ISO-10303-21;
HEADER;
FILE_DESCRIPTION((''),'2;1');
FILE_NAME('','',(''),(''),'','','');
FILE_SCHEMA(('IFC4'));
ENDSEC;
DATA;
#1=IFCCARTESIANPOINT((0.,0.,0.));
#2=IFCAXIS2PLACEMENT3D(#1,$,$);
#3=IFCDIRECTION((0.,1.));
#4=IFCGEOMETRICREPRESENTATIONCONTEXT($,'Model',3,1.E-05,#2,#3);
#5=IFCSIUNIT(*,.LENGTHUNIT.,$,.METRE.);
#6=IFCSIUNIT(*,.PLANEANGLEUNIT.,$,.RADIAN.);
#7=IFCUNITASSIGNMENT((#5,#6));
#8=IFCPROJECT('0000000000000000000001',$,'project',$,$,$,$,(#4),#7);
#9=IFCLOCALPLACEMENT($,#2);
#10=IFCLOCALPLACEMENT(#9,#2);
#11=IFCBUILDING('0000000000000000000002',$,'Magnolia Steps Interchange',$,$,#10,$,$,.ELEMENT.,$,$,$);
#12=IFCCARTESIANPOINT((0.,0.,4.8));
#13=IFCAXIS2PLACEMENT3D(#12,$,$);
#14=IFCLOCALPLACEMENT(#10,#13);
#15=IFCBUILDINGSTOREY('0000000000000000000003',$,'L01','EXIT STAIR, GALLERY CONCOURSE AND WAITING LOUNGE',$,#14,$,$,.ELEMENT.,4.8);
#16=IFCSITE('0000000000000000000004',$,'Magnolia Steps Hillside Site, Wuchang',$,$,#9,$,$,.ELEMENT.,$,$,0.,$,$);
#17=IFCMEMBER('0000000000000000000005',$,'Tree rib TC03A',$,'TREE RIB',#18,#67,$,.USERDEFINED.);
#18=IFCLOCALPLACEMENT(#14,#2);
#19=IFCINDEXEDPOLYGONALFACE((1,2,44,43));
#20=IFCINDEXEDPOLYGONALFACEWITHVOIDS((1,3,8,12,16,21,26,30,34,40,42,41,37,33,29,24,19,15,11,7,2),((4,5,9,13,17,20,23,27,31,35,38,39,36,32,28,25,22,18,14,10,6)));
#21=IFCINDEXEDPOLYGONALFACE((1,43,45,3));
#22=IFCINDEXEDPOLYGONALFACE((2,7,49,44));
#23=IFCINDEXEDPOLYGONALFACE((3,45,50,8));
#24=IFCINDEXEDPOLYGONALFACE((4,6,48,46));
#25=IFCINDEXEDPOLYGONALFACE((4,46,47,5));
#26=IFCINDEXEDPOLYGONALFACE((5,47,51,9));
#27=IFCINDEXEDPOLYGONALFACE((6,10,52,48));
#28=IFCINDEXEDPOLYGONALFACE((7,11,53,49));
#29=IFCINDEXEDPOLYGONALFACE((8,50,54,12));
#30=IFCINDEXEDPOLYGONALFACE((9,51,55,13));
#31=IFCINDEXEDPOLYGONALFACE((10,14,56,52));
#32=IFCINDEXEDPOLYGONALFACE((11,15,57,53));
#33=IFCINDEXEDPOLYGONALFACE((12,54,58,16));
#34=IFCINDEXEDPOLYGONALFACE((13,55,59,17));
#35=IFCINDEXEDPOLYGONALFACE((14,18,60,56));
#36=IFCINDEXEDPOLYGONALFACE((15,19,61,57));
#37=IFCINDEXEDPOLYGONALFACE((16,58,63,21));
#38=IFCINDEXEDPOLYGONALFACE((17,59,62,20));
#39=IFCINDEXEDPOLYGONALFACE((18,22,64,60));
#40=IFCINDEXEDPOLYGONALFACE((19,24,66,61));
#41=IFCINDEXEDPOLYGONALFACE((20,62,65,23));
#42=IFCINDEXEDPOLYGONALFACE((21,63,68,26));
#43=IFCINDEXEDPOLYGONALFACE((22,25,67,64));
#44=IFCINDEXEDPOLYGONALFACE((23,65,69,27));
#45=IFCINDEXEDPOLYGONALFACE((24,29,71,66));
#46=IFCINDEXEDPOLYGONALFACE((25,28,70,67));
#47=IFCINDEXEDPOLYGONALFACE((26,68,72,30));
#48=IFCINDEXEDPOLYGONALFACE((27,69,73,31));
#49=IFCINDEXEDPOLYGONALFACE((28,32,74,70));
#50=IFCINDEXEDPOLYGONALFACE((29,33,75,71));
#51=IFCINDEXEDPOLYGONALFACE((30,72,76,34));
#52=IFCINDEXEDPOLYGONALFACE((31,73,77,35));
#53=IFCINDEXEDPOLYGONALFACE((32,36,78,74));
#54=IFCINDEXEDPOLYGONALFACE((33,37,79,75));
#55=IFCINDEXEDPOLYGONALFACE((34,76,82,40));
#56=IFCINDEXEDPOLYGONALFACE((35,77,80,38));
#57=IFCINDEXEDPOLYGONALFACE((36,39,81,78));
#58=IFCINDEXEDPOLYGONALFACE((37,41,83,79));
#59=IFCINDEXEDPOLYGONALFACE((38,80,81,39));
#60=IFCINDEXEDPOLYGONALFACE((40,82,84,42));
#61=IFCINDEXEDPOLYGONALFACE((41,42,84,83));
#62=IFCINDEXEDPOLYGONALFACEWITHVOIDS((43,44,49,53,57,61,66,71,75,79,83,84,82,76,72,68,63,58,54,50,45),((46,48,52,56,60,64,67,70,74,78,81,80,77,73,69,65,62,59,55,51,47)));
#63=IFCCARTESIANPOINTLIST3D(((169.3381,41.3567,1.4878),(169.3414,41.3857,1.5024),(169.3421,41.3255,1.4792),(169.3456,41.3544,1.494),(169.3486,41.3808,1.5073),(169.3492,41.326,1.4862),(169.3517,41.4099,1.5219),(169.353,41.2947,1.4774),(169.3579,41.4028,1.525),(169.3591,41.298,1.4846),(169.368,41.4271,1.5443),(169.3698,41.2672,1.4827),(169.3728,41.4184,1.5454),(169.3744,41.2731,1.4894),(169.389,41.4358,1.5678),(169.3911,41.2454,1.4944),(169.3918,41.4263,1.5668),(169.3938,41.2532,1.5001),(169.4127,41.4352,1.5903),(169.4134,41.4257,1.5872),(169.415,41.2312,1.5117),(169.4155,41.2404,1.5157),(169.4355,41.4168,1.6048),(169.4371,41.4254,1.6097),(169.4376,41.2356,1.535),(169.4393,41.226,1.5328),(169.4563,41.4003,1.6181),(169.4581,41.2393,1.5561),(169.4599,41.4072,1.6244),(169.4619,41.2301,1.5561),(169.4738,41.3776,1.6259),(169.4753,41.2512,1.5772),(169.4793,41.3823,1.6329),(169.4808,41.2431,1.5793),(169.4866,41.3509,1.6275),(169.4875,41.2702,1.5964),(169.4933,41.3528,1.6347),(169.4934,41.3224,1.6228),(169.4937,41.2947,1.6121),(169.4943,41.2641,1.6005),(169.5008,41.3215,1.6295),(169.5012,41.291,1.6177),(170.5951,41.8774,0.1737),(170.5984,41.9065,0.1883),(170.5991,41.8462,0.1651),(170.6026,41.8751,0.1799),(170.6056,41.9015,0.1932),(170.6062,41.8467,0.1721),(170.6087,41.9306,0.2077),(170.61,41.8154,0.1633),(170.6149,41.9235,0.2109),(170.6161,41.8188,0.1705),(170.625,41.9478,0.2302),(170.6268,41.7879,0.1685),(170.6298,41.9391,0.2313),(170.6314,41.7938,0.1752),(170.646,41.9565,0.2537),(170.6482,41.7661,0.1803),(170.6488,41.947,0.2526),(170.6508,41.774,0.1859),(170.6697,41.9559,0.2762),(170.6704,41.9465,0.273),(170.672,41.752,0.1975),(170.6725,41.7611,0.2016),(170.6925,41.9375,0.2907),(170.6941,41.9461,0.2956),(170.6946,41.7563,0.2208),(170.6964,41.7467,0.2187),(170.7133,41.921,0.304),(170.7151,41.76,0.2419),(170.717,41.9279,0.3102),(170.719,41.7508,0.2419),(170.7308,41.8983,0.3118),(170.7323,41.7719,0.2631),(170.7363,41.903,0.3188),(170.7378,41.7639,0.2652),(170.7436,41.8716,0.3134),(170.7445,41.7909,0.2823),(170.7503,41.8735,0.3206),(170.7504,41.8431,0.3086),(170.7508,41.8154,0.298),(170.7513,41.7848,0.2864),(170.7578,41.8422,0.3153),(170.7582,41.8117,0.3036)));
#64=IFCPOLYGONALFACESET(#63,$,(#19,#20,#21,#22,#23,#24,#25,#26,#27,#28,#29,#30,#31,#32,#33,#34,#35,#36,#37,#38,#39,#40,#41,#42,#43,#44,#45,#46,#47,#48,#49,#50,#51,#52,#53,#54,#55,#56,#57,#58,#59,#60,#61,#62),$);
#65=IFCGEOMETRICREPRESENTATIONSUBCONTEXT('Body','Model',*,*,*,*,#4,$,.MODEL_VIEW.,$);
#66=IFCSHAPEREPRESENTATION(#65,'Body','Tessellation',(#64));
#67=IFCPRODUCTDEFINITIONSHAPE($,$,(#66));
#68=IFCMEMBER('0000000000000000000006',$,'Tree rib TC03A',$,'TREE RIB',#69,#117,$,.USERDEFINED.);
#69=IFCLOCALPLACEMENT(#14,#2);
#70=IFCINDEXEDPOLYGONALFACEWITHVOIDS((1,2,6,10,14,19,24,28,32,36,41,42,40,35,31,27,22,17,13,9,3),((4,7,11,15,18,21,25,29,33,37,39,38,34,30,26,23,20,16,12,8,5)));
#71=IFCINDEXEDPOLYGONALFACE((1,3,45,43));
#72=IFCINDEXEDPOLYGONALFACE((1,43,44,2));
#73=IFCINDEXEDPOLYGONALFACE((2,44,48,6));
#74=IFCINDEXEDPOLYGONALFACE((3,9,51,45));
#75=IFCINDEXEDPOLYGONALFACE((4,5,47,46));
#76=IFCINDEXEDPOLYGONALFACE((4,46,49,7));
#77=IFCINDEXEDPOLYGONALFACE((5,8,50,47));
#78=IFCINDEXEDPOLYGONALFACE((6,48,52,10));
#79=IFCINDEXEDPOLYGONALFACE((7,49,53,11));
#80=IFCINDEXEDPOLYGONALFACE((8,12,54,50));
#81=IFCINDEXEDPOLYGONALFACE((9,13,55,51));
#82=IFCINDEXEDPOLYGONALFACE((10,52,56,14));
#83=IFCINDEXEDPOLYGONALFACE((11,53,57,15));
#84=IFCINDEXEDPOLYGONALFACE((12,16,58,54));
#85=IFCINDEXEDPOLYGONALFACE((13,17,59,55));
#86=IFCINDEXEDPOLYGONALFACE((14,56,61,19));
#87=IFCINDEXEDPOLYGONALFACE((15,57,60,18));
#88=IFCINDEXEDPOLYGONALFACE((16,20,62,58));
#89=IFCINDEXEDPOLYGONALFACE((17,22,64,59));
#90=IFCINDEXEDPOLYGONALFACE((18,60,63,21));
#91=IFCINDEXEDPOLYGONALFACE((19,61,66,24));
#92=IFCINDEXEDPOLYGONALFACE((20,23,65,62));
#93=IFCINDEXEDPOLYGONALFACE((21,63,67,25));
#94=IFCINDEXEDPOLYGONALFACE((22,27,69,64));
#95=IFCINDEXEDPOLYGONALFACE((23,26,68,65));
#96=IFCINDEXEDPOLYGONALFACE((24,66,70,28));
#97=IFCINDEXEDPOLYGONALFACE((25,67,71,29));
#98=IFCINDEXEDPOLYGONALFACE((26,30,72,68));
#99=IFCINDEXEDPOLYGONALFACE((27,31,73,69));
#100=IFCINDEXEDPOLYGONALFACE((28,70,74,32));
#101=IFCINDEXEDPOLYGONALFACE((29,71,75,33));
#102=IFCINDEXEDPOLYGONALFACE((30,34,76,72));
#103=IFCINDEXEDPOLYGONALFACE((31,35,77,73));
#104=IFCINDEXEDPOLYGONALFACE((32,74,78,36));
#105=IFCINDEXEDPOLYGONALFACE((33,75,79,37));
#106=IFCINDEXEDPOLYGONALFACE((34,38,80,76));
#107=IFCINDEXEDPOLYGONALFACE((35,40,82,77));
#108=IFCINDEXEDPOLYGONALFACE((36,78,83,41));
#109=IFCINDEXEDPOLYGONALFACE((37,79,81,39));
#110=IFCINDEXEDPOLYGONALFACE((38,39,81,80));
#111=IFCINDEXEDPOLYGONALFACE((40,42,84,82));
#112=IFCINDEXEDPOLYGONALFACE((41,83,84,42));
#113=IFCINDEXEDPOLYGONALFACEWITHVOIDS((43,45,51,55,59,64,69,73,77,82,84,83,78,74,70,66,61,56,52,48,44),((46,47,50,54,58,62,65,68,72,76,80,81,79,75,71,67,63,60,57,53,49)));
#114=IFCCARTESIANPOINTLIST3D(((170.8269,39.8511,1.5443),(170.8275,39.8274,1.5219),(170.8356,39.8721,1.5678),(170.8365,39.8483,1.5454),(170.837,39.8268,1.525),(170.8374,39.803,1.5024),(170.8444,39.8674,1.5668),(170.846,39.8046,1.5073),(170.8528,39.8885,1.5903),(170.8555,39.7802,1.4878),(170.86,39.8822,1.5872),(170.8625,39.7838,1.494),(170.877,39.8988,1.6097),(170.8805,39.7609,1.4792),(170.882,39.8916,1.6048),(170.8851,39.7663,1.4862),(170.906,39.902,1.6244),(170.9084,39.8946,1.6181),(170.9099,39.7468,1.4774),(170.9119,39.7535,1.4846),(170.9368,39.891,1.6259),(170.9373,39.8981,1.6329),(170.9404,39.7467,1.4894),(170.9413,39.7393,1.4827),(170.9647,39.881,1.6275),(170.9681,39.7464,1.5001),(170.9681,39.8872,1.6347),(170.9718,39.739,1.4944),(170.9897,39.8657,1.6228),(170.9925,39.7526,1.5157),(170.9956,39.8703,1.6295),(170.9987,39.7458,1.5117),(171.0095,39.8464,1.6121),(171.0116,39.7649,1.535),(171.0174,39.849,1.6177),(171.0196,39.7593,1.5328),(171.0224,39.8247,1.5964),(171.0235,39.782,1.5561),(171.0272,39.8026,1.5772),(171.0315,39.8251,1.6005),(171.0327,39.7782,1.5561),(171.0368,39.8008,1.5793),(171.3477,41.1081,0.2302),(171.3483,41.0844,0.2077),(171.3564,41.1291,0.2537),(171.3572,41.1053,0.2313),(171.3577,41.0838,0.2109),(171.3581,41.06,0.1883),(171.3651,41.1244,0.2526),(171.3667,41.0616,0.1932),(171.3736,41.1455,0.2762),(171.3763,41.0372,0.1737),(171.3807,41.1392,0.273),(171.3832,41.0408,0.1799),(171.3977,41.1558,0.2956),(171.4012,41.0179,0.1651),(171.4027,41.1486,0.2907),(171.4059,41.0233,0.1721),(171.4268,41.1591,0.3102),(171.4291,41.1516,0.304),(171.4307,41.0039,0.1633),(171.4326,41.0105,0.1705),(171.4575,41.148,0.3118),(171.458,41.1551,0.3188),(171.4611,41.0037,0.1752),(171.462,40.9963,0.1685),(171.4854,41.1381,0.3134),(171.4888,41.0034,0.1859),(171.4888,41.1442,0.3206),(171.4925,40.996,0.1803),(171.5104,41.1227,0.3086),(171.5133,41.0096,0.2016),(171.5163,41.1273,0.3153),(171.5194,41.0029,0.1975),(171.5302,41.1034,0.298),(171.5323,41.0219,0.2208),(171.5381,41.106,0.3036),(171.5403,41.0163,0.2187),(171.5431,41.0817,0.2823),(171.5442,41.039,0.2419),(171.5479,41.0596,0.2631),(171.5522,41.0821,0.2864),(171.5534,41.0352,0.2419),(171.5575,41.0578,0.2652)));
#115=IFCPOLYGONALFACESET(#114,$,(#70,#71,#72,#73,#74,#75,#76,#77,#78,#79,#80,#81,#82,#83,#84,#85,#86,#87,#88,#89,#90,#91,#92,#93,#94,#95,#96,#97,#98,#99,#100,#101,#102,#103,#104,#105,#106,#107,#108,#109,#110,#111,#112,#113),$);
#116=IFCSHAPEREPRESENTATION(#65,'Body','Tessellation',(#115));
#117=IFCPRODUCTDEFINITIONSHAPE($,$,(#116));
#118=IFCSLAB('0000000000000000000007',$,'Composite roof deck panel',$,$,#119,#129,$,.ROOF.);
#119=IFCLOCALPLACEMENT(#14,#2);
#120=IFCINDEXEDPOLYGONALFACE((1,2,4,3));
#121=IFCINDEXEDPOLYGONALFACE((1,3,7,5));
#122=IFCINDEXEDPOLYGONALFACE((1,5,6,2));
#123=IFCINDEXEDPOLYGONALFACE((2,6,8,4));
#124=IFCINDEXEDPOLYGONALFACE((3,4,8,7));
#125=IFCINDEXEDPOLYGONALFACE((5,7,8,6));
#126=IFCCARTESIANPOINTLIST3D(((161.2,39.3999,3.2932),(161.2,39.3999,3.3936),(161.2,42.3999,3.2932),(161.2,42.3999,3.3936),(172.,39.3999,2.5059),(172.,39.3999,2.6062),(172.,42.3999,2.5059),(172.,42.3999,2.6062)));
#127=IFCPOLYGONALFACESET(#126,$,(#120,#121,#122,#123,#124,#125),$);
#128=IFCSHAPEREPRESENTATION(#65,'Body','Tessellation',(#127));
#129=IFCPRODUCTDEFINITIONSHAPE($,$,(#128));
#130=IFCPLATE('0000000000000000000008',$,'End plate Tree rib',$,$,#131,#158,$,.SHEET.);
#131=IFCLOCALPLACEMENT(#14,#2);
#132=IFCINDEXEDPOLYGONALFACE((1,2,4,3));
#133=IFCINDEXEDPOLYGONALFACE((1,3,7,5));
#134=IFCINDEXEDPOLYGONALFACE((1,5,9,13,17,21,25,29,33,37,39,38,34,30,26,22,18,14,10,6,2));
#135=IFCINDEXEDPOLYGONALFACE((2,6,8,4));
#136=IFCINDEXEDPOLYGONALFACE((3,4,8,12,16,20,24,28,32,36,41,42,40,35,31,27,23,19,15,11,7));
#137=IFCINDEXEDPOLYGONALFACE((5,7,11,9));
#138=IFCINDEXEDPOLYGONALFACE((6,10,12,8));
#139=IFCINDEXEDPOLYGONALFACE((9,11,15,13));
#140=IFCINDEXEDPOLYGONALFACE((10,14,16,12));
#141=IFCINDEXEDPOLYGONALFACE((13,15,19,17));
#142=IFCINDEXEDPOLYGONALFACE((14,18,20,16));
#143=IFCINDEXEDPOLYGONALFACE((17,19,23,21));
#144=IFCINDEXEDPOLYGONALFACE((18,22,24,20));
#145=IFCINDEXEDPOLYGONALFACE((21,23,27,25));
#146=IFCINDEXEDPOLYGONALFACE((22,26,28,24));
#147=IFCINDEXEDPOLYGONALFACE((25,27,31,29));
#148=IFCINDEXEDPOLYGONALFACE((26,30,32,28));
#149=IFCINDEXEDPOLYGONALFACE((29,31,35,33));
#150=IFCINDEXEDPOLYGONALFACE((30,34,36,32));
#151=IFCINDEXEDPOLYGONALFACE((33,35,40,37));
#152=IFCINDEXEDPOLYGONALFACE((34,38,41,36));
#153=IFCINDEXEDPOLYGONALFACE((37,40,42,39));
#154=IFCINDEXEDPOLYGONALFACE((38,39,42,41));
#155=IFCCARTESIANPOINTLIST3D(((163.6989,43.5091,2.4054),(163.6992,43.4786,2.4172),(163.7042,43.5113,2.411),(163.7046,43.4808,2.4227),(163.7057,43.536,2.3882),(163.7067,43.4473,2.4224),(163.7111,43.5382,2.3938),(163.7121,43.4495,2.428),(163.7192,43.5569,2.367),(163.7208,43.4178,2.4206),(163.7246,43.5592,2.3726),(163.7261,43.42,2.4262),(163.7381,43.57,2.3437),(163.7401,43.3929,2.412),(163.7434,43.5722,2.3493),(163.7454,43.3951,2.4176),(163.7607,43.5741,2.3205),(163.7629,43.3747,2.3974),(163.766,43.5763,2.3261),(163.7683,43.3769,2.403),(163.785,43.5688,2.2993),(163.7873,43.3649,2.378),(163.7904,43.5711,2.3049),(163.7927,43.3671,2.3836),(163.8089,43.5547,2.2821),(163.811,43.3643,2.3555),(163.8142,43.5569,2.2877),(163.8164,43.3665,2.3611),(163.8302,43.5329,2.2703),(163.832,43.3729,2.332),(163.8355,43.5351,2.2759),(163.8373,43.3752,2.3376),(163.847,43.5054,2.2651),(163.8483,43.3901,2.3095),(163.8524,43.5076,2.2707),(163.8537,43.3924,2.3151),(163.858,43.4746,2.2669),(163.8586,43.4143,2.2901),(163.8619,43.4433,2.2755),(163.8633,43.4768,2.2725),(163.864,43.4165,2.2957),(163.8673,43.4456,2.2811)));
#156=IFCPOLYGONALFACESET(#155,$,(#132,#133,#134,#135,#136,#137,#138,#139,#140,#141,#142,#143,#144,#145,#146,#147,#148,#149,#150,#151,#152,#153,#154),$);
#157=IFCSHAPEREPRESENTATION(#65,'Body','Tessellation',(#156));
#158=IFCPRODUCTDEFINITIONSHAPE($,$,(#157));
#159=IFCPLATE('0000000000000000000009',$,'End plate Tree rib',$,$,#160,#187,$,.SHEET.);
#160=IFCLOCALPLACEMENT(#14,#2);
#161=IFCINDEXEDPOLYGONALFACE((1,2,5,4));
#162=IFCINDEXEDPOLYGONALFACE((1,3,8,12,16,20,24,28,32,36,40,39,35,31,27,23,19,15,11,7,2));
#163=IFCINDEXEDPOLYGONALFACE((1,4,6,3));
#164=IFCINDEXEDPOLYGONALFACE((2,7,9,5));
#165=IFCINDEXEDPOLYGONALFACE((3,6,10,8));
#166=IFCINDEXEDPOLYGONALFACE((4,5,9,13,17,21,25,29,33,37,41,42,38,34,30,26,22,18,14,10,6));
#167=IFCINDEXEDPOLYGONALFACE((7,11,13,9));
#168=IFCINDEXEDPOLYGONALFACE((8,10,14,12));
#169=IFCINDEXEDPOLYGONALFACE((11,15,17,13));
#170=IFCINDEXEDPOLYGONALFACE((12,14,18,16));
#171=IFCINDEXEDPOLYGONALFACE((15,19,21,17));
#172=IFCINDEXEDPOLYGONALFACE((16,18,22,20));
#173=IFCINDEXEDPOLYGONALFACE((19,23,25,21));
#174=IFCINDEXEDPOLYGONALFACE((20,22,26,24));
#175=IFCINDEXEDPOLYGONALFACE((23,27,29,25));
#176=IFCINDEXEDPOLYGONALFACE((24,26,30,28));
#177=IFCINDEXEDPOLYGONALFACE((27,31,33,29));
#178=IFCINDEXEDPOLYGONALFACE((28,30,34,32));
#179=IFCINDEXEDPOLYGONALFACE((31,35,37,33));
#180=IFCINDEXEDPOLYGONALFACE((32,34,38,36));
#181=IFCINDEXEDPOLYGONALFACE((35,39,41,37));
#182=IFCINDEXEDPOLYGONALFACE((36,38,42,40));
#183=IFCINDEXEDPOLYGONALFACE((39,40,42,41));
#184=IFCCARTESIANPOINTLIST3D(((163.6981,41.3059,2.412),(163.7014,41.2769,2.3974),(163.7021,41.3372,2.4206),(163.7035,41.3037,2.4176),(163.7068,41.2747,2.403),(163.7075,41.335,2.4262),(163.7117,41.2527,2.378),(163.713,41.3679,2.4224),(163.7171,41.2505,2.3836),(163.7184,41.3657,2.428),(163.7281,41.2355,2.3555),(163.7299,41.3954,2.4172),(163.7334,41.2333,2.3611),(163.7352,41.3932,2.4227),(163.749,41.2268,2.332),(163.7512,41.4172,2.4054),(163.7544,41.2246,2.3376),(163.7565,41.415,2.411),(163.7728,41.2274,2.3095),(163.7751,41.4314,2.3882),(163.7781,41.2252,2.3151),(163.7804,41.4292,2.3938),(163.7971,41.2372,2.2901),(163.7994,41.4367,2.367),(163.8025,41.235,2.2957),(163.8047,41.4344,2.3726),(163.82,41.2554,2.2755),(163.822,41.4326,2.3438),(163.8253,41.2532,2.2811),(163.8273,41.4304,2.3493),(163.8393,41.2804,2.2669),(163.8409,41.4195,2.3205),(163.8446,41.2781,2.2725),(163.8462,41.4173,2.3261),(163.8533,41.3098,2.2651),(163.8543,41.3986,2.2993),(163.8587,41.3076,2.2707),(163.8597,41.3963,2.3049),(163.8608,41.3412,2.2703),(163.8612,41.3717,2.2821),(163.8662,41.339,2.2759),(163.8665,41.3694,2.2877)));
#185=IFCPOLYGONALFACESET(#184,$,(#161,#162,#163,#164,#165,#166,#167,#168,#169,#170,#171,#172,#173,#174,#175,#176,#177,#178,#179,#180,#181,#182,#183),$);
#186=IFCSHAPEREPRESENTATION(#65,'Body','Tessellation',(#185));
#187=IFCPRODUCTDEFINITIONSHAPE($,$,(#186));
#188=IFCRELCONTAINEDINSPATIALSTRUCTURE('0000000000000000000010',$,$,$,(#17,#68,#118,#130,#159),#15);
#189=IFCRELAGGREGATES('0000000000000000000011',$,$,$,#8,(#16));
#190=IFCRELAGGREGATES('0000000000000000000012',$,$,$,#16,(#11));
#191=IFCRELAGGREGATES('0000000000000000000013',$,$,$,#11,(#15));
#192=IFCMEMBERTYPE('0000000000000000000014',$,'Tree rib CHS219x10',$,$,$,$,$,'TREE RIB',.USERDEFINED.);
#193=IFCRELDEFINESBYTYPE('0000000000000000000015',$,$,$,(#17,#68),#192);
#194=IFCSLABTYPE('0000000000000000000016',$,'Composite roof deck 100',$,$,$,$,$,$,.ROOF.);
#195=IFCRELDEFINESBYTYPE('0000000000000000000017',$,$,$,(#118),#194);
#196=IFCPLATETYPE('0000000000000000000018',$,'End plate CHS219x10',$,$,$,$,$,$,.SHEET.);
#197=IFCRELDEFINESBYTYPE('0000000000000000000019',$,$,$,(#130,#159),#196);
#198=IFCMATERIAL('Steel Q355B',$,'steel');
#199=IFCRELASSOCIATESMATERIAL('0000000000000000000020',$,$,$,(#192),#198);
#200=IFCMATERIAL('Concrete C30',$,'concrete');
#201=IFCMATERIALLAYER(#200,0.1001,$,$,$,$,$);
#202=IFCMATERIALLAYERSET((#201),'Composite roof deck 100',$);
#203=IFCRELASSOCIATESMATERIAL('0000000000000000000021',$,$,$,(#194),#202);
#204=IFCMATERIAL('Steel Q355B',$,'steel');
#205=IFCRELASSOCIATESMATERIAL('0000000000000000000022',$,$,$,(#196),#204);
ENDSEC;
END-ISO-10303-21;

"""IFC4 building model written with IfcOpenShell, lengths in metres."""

from ifc_helpers import new_model, si_unit, direction, frame, origin, origin_2d, place, context, subcontext, project, spatial, polyline, circle, hollow_circle, outline, extrude, material, layer, layer_set, material_profile, profile_set, type_object, element, save


model = new_model("IFC4")

# Units and contexts
model_context = context("Model", 3, precision=1e-05, world=origin(), true_north=direction((0.0, 1.0)))
body_context = subcontext(model_context, "Body", "Model", "MODEL_VIEW")
ifc_project = project(units=[si_unit("LENGTHUNIT", "METRE"), si_unit("PLANEANGLEUNIT", "RADIAN")], contexts=[model_context])

# Site, building, storey
site_placement = place(None, origin())
site = spatial("IfcSite", under=ifc_project, at=site_placement, Name="Magnolia Steps Hillside Site, Wuchang", CompositionType="ELEMENT", RefElevation=0.0)
building_placement = place(site_placement, origin())
building = spatial("IfcBuilding", under=site, at=building_placement, Name="Magnolia Steps Interchange", CompositionType="ELEMENT")
storey_placement = place(building_placement, frame((0.0, 0.0, 4.8)))
storey = spatial("IfcBuildingStorey", under=building, at=storey_placement, Name="L01", Description="EXIT STAIR, GALLERY CONCOURSE AND WAITING LOUNGE", CompositionType="ELEMENT", Elevation=4.8)

# Members
ifc_material_1 = material(Name="Steel Q355B", Category="steel")
ifc_material_profile_1 = material_profile(ifc_material_1, hollow_circle(Radius=0.1096, WallThickness=0.01, at=origin_2d()), Name="CHS219x10")
ifc_profile_set_1 = profile_set([ifc_material_profile_1], Name="Steel Q355B")
member_type = type_object("IfcMemberType", Name="Tree rib CHS219x10", ElementType="TREE RIB", PredefinedType="USERDEFINED", material=ifc_profile_set_1)
for number, where, z_axis, x_axis, name in (
    (1, (170.677, 41.8521, 0.2419), (-0.664519, -0.275281, 0.694719), (0.382716, -0.923866, 0.0), "Tree rib TC03A"),
    (2, (171.4521, 41.0771, 0.2419), (-0.275281, -0.664519, 0.694719), (0.923866, -0.382716, 0.0), "Tree rib TC03A"),
):
    element("IfcMember", number, at=place(storey_placement, frame(where, z_axis=z_axis, x_axis=x_axis)), inside=storey, type_object=member_type, Name=name, ObjectType="TREE RIB", PredefinedType="USERDEFINED", context=body_context, shape_type="SweptSolid", body=[
        extrude(hollow_circle(Radius=0.1096, WallThickness=0.01, at=origin_2d()), origin(), (0.0, 0.0, 1.0), 1.8916),
    ])

# Slab
ifc_material_2 = material(Name="Concrete C30", Category="concrete")
ifc_layer_1 = layer(ifc_material_2, 0.1001)
ifc_layer_set_1 = layer_set([ifc_layer_1], Name="Composite roof deck 100")
slab_type_1 = type_object("IfcSlabType", Name="Composite roof deck 100", PredefinedType="ROOF", material=ifc_layer_set_1)
slab_1_placement = place(storey_placement, frame((172.0, 39.3999, 2.6062), z_axis=(0.07271, 0.0, 0.997353), x_axis=(0.0, 1.0, 0.0)))
element("IfcSlab", 3, at=slab_1_placement, inside=storey, type_object=slab_type_1, Name="Composite roof deck panel", PredefinedType="ROOF", context=body_context, shape_type="SweptSolid", body=[
    extrude(outline(polyline([(0.0, 0.0), (3.0, 0.0), (3.0, 10.8287), (0.0, 10.8287), (0.0, 0.0)])), origin(), (0.0, -0.07271, -0.997353), 0.1003),
])

# Plates
ifc_material_3 = material(Name="Steel Q355B", Category="steel")
ifc_material_profile_2 = material_profile(ifc_material_3, circle(Radius=0.1096, at=origin_2d()), Name="End plate CHS219x10")
ifc_profile_set_2 = profile_set([ifc_material_profile_2], Name="Steel Q355B")
plate_type_1 = type_object("IfcPlateType", Name="End plate CHS219x10", PredefinedType="SHEET", material=ifc_profile_set_2)
for number, where, z_axis, x_axis, name in (
    (4, (163.78, 43.4688, 2.3438), (0.664583, 0.275279, 0.694658), (-0.382683, 0.92388, 0.0), "End plate Tree rib"),
    (5, (163.78, 41.3313, 2.3438), (0.664583, -0.275279, 0.694658), (0.382683, 0.92388, 0.0), "End plate Tree rib"),
):
    element("IfcPlate", number, at=place(storey_placement, frame(where, z_axis=z_axis, x_axis=x_axis)), inside=storey, type_object=plate_type_1, Name=name, PredefinedType="SHEET", context=body_context, shape_type="SweptSolid", body=[
        extrude(circle(Radius=0.1096, at=origin_2d()), origin(), (0.0, 0.0, 1.0), 0.0081),
    ])

save(model, "model.ifc")
